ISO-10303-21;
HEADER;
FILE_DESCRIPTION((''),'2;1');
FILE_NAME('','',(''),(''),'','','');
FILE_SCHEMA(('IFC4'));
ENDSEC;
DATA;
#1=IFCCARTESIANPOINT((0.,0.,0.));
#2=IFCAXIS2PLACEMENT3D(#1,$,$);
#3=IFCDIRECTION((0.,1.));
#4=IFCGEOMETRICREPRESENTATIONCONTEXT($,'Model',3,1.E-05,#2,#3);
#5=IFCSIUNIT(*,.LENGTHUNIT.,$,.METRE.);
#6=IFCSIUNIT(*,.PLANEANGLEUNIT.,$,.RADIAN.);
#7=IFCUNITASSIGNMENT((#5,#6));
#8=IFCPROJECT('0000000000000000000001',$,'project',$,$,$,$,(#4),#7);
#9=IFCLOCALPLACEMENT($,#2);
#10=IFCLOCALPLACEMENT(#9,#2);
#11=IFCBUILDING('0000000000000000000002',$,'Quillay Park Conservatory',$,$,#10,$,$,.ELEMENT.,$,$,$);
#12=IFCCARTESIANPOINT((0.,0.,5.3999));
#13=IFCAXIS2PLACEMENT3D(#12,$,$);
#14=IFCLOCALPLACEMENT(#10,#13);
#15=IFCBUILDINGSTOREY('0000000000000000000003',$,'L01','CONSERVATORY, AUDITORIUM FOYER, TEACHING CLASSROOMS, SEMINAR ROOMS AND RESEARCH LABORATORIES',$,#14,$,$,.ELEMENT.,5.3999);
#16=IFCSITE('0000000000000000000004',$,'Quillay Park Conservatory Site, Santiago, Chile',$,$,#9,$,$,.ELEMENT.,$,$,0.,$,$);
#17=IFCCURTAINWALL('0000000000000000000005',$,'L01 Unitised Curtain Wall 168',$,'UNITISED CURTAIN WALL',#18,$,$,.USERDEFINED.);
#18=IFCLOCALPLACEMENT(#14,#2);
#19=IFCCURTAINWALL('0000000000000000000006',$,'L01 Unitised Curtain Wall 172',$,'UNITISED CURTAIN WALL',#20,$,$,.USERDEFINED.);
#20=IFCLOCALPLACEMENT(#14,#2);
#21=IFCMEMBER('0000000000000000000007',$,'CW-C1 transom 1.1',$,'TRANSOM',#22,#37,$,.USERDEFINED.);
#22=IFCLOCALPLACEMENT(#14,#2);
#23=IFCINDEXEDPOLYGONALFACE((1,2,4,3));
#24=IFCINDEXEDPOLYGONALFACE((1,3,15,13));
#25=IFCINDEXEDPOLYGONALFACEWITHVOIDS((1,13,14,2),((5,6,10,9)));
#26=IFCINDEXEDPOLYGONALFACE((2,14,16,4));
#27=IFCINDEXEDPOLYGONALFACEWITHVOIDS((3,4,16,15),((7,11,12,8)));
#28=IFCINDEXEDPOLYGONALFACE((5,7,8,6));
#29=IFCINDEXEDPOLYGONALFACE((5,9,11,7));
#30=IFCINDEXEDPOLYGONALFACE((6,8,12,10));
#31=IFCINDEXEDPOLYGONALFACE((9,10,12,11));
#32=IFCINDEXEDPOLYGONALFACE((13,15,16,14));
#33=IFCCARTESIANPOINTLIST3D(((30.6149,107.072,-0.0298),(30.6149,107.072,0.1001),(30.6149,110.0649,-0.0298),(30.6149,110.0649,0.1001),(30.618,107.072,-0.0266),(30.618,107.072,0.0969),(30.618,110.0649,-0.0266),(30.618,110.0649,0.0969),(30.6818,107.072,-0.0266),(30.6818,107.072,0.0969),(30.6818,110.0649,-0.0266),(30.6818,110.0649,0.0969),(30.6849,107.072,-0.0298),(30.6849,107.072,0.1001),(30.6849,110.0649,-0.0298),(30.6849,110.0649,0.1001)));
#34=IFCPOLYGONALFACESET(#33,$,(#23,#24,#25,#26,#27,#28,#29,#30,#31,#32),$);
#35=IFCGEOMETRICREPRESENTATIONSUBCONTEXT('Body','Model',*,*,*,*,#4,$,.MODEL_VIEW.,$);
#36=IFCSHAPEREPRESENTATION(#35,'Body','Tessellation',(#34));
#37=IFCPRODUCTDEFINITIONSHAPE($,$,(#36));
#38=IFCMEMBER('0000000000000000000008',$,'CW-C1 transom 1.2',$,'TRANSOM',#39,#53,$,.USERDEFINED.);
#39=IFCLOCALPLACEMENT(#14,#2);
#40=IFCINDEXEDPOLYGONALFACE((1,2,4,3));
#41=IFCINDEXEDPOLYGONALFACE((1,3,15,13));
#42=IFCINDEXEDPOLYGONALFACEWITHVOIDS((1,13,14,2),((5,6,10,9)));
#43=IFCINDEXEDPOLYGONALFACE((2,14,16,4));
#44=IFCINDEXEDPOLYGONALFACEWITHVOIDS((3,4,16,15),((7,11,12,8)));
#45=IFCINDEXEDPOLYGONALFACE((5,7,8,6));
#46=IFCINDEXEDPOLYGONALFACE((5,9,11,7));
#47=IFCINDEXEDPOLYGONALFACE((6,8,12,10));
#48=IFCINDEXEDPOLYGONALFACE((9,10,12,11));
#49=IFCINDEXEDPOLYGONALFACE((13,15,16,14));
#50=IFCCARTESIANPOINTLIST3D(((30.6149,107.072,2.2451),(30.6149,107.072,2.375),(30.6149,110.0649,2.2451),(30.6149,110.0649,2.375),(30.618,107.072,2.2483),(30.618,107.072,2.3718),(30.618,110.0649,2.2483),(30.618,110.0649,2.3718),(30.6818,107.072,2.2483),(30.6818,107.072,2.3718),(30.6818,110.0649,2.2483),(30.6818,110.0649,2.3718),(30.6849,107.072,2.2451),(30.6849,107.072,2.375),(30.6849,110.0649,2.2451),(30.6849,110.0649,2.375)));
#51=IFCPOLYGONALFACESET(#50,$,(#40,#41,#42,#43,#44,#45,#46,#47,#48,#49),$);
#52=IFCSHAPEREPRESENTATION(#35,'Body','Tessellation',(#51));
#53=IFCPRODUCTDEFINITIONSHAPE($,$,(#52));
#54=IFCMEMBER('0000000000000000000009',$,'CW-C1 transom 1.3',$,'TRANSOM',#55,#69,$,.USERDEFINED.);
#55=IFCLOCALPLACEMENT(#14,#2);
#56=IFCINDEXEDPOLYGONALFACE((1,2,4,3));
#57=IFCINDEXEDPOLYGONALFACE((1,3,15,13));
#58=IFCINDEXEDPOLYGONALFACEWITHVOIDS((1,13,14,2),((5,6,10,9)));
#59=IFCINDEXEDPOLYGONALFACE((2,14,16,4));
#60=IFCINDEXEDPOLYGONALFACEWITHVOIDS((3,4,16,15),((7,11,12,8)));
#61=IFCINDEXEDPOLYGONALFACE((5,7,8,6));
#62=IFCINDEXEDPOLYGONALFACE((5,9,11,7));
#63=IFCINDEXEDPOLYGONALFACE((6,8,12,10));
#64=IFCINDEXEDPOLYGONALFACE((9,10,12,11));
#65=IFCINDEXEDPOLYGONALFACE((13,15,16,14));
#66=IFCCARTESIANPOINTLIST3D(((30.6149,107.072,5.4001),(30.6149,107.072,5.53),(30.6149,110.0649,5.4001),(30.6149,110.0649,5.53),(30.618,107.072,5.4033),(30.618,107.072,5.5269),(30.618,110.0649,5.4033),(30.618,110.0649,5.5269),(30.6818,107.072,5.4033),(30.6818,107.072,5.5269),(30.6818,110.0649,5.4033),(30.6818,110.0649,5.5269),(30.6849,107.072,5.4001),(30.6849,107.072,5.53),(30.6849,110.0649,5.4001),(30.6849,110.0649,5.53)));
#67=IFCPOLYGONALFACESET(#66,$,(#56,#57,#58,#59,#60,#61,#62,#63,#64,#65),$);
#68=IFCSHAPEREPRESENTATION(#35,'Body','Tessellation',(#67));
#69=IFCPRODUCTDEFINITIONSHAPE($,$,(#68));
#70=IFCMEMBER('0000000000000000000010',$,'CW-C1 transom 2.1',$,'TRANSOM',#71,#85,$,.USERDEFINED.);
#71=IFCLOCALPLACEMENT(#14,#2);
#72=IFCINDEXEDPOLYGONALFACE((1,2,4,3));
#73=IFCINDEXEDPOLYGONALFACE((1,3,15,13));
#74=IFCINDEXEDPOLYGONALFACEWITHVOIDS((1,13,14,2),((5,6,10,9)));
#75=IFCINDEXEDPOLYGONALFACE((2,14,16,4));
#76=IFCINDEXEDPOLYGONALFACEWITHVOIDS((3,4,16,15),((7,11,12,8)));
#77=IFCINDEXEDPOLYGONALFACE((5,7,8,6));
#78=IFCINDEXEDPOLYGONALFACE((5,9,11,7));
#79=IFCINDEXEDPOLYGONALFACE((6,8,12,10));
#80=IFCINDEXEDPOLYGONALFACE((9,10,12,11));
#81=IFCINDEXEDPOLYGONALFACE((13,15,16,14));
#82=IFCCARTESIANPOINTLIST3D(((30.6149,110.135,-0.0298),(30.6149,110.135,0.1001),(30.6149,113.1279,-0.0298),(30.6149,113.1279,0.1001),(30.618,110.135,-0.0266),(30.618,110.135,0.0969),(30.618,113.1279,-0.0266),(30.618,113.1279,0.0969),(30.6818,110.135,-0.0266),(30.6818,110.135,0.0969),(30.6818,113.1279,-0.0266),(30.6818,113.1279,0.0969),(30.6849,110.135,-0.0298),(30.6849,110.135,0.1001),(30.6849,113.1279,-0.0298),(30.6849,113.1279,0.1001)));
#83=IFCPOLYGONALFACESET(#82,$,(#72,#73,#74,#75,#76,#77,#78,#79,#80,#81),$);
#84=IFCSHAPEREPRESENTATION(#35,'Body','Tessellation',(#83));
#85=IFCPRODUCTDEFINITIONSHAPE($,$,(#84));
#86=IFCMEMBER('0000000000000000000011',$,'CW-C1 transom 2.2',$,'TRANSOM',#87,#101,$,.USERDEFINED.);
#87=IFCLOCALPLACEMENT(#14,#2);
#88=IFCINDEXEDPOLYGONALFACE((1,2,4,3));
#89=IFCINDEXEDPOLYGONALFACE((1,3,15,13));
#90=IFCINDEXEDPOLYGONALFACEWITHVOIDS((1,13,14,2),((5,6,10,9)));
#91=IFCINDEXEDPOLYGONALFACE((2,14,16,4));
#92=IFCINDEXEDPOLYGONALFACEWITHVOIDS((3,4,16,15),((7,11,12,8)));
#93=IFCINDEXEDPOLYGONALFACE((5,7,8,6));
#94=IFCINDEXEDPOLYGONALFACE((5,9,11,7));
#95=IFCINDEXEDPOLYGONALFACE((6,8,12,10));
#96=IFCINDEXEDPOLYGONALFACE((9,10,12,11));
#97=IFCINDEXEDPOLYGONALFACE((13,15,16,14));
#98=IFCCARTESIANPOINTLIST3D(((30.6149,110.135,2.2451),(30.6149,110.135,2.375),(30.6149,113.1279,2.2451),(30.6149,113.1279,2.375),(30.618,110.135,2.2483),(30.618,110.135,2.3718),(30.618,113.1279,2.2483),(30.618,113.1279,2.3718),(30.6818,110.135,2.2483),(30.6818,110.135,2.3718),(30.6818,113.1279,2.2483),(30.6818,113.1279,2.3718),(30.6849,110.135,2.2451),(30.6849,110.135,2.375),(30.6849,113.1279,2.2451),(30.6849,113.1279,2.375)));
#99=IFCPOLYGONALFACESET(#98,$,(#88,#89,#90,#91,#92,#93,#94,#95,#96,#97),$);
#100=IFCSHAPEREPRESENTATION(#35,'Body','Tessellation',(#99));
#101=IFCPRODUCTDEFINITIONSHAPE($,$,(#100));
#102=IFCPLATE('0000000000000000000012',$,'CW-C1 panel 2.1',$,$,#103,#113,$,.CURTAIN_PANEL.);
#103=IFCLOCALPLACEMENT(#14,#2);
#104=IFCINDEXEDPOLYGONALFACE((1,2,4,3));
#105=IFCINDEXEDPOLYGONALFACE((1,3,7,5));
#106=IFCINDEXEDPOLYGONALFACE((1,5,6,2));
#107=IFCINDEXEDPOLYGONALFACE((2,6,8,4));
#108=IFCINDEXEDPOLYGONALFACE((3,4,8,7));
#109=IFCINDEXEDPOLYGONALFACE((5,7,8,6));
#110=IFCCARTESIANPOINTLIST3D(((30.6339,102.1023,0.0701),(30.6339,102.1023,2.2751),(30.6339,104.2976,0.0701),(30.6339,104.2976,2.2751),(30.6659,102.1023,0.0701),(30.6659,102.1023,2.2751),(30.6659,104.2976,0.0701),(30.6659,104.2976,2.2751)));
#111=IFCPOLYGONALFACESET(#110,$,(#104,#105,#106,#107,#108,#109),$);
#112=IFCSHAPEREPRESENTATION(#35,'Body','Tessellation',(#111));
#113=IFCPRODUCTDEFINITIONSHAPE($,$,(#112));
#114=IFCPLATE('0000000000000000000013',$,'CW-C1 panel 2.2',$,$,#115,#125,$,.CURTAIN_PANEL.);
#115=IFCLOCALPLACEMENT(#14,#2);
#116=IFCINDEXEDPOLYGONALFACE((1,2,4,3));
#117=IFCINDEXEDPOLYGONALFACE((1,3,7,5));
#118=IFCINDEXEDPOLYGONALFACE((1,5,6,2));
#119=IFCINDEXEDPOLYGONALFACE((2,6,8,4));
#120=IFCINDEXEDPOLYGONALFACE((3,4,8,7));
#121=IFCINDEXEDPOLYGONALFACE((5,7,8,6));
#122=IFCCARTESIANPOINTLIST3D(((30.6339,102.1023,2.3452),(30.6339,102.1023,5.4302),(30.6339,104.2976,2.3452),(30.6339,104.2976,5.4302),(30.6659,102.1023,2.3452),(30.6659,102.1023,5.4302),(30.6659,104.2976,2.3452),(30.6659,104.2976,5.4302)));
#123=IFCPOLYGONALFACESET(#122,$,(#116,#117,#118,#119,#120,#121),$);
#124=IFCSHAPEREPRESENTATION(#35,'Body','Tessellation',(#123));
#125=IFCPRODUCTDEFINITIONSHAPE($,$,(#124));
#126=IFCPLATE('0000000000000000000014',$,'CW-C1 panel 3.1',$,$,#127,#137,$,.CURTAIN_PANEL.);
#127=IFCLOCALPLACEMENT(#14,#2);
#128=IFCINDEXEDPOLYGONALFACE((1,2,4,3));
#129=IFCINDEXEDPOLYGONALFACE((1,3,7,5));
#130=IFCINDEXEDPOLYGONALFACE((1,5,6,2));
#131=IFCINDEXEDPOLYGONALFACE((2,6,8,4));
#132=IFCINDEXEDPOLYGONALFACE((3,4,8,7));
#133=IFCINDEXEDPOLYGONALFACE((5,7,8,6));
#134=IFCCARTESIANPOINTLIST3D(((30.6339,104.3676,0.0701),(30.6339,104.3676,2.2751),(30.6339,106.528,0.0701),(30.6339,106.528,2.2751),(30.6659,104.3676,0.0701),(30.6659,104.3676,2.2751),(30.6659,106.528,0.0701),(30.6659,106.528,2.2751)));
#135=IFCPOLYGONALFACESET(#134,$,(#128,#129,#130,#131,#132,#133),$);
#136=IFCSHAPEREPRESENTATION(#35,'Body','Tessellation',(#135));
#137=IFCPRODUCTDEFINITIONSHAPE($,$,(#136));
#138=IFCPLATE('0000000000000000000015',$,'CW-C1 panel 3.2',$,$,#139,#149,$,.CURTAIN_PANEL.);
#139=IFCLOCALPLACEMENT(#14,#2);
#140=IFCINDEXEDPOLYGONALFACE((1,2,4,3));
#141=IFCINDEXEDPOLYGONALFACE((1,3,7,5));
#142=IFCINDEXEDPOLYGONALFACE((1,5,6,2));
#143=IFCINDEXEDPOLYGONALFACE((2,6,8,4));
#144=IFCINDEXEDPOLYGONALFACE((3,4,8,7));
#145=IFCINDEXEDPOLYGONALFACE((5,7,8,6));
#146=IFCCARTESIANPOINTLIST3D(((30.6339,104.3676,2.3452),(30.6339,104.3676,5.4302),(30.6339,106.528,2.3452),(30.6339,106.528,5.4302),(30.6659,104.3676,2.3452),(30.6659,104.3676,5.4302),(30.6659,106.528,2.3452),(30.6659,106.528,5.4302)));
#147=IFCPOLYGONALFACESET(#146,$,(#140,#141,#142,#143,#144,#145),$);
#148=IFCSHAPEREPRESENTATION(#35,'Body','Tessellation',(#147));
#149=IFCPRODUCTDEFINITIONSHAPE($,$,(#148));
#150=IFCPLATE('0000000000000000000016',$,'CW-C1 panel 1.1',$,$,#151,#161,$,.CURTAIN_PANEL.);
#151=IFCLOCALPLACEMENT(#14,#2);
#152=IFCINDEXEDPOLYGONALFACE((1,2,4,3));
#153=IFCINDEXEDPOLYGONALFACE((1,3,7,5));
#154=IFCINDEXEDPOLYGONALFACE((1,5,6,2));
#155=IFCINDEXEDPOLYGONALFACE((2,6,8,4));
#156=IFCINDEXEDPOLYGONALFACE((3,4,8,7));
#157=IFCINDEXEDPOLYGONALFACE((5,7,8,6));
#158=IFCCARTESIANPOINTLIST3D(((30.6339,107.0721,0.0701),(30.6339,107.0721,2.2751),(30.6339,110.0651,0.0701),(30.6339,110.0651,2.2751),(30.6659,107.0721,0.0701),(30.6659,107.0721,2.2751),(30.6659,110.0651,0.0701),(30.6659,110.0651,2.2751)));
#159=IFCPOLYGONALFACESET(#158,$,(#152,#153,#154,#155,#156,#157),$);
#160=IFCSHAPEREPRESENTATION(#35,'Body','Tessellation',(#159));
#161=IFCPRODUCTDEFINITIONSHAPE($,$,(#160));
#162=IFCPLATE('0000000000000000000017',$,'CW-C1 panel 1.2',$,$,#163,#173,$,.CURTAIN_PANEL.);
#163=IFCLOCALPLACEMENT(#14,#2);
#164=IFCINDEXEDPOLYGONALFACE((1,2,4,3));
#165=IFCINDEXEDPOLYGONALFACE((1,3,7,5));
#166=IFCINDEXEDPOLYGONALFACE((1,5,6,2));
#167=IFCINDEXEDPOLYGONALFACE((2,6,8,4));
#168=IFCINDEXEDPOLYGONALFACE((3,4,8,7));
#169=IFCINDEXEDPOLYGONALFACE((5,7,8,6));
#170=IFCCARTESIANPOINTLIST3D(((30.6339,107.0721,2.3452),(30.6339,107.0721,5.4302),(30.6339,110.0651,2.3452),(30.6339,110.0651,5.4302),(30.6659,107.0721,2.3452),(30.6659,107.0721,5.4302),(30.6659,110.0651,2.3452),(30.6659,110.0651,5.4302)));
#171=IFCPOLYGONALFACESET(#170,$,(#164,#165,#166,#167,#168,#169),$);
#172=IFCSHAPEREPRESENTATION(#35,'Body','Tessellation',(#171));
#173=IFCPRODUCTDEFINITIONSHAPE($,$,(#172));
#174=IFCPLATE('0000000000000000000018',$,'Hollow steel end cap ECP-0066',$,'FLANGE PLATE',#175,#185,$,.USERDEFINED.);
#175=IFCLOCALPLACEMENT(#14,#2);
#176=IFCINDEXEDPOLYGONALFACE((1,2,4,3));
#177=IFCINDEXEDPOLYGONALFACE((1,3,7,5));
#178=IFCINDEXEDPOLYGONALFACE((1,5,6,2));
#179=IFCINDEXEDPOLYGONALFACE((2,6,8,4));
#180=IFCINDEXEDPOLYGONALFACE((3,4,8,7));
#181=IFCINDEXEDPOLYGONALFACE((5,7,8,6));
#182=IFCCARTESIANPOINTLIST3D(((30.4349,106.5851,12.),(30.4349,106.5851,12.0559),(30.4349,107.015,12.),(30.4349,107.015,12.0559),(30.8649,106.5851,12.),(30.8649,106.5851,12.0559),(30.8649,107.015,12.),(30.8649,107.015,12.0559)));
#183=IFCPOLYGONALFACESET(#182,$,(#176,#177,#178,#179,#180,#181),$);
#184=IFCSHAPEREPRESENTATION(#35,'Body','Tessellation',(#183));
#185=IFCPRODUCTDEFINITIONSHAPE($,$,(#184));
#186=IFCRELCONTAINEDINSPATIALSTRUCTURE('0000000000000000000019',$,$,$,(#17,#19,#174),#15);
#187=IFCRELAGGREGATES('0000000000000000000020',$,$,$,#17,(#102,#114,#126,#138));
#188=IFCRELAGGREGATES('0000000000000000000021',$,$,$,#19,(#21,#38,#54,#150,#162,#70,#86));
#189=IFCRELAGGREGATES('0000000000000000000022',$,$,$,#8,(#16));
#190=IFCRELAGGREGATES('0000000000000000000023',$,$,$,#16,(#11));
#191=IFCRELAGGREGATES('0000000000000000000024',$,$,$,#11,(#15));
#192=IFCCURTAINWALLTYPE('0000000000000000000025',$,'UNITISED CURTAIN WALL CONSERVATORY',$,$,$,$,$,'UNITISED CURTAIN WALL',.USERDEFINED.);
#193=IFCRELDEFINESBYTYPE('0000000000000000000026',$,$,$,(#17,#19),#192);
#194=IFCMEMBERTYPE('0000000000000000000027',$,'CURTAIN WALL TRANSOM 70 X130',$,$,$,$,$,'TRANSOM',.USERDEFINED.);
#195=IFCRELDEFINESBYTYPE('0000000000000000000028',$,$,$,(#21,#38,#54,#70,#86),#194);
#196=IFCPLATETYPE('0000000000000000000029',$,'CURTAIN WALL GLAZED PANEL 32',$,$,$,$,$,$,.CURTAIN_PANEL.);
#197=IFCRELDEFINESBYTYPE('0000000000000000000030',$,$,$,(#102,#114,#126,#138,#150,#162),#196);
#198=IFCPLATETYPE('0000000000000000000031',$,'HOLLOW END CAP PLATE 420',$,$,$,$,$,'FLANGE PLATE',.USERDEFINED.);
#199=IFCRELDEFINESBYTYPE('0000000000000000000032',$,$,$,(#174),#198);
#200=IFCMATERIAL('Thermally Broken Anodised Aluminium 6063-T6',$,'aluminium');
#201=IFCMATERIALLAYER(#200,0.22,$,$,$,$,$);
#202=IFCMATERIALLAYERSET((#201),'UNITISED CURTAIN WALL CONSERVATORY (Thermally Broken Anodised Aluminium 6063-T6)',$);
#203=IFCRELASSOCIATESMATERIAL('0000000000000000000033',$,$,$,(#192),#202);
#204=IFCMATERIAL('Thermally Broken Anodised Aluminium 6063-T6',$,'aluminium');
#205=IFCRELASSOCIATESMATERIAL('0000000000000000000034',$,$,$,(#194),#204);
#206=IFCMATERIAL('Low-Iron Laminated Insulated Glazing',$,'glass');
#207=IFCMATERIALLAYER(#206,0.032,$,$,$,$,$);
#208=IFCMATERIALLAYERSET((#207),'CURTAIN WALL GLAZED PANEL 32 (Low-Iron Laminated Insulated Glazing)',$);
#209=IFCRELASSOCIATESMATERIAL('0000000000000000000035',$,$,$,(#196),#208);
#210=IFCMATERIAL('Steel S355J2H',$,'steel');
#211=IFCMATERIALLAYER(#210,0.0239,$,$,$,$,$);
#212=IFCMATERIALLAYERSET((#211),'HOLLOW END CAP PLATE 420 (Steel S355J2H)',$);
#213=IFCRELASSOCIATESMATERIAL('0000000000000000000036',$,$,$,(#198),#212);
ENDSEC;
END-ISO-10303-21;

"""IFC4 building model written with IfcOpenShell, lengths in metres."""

from ifc_helpers import new_model, si_unit, direction, frame, origin, origin_2d, place, context, subcontext, project, spatial, rectangle, hollow_rectangle, extrude, material, layer, layer_set, material_profile, profile_set, type_object, element, aggregate, save


model = new_model("IFC4")

# Units and contexts
model_context = context("Model", 3, precision=1e-05, world=origin(), true_north=direction((0.0, 1.0)))
body_context = subcontext(model_context, "Body", "Model", "MODEL_VIEW")
ifc_project = project(units=[si_unit("LENGTHUNIT", "METRE"), si_unit("PLANEANGLEUNIT", "RADIAN")], contexts=[model_context])

# Site, building, storey
site_placement = place(None, origin())
site = spatial("IfcSite", under=ifc_project, at=site_placement, Name="Quillay Park Conservatory Site, Santiago, Chile", CompositionType="ELEMENT", RefElevation=0.0)
building_placement = place(site_placement, origin())
building = spatial("IfcBuilding", under=site, at=building_placement, Name="Quillay Park Conservatory", CompositionType="ELEMENT")
storey_placement = place(building_placement, frame((0.0, 0.0, 5.3999)))
storey = spatial("IfcBuildingStorey", under=building, at=storey_placement, Name="L01", Description="CONSERVATORY, AUDITORIUM FOYER, TEACHING CLASSROOMS, SEMINAR ROOMS AND RESEARCH LABORATORIES", CompositionType="ELEMENT", Elevation=5.3999)

# Curtain walls
ifc_material_1 = material(Name="Thermally Broken Anodised Aluminium 6063-T6", Category="aluminium")
ifc_layer_1 = layer(ifc_material_1, 0.22)
ifc_layer_set_1 = layer_set([ifc_layer_1], Name="UNITISED CURTAIN WALL CONSERVATORY (Thermally Broken Anodised Aluminium 6063-T6)")
curtain_wall_type = type_object("IfcCurtainWallType", Name="UNITISED CURTAIN WALL CONSERVATORY", ElementType="UNITISED CURTAIN WALL", PredefinedType="USERDEFINED", material=ifc_layer_set_1)
curtain_wall_1_placement = place(storey_placement, origin())
curtain_wall_1 = element("IfcCurtainWall", 1, at=curtain_wall_1_placement, inside=storey, type_object=curtain_wall_type, Name="L01 Unitised Curtain Wall 168", ObjectType="UNITISED CURTAIN WALL", PredefinedType="USERDEFINED")
curtain_wall_2_placement = place(storey_placement, origin())
curtain_wall_2 = element("IfcCurtainWall", 2, at=curtain_wall_2_placement, inside=storey, type_object=curtain_wall_type, Name="L01 Unitised Curtain Wall 172", ObjectType="UNITISED CURTAIN WALL", PredefinedType="USERDEFINED")

# Members
ifc_material_2 = material(Name="Thermally Broken Anodised Aluminium 6063-T6", Category="aluminium")
ifc_material_profile_1 = material_profile(ifc_material_2, hollow_rectangle(XDim=0.0701, YDim=0.1299, WallThickness=0.0032, at=origin_2d()), Name="AL70x130x3.2")
ifc_profile_set_1 = profile_set([ifc_material_profile_1], Name="Thermally Broken Anodised Aluminium 6063-T6")
member_type_1 = type_object("IfcMemberType", Name="CURTAIN WALL TRANSOM 70 X130", ElementType="TRANSOM", PredefinedType="USERDEFINED", material=ifc_profile_set_1)
member_1_placement = place(storey_placement, frame((30.6499, 107.072, 0.0352), z_axis=(0.0, 1.0, 0.0), x_axis=(-1.0, 0.0, 0.0)))
member_1 = element("IfcMember", 3, at=member_1_placement, type_object=member_type_1, Name="CW-C1 transom 1.1", ObjectType="TRANSOM", PredefinedType="USERDEFINED", context=body_context, shape_type="SweptSolid", body=[
    extrude(hollow_rectangle(XDim=0.0701, YDim=0.1299, WallThickness=0.0032, at=origin_2d()), origin(), (0.0, 0.0, 1.0), 2.9929),
])
member_2_placement = place(storey_placement, frame((30.6499, 107.072, 2.3101), z_axis=(0.0, 1.0, 0.0), x_axis=(-1.0, 0.0, 0.0)))
member_2 = element("IfcMember", 4, at=member_2_placement, type_object=member_type_1, Name="CW-C1 transom 1.2", ObjectType="TRANSOM", PredefinedType="USERDEFINED", context=body_context, shape_type="SweptSolid", body=[
    extrude(hollow_rectangle(XDim=0.0701, YDim=0.1299, WallThickness=0.0032, at=origin_2d()), origin(), (0.0, 0.0, 1.0), 2.9929),
])
member_3_placement = place(storey_placement, frame((30.6499, 107.072, 5.4651), z_axis=(0.0, 1.0, 0.0), x_axis=(-1.0, 0.0, 0.0)))
member_3 = element("IfcMember", 5, at=member_3_placement, type_object=member_type_1, Name="CW-C1 transom 1.3", ObjectType="TRANSOM", PredefinedType="USERDEFINED", context=body_context, shape_type="SweptSolid", body=[
    extrude(hollow_rectangle(XDim=0.0701, YDim=0.1299, WallThickness=0.0032, at=origin_2d()), origin(), (0.0, 0.0, 1.0), 2.9929),
])
member_4_placement = place(storey_placement, frame((30.6499, 110.135, 0.0352), z_axis=(0.0, 1.0, 0.0), x_axis=(-1.0, 0.0, 0.0)))
member_4 = element("IfcMember", 6, at=member_4_placement, type_object=member_type_1, Name="CW-C1 transom 2.1", ObjectType="TRANSOM", PredefinedType="USERDEFINED", context=body_context, shape_type="SweptSolid", body=[
    extrude(hollow_rectangle(XDim=0.0701, YDim=0.1299, WallThickness=0.0032, at=origin_2d()), origin(), (0.0, 0.0, 1.0), 2.9929),
])
member_5_placement = place(storey_placement, frame((30.6499, 110.135, 2.3101), z_axis=(0.0, 1.0, 0.0), x_axis=(-1.0, 0.0, 0.0)))
member_5 = element("IfcMember", 7, at=member_5_placement, type_object=member_type_1, Name="CW-C1 transom 2.2", ObjectType="TRANSOM", PredefinedType="USERDEFINED", context=body_context, shape_type="SweptSolid", body=[
    extrude(hollow_rectangle(XDim=0.0701, YDim=0.1299, WallThickness=0.0032, at=origin_2d()), origin(), (0.0, 0.0, 1.0), 2.9929),
])

# Plates
ifc_material_3 = material(Name="Low-Iron Laminated Insulated Glazing", Category="glass")
ifc_layer_2 = layer(ifc_material_3, 0.032)
ifc_layer_set_2 = layer_set([ifc_layer_2], Name="CURTAIN WALL GLAZED PANEL 32 (Low-Iron Laminated Insulated Glazing)")
plate_type_1 = type_object("IfcPlateType", Name="CURTAIN WALL GLAZED PANEL 32", PredefinedType="CURTAIN_PANEL", material=ifc_layer_set_2)
plate_1_placement = place(storey_placement, frame((30.6499, 103.2, 0.0701), z_axis=(0.0, 0.0, 1.0), x_axis=(0.0, 1.0, 0.0)))
plate_1 = element("IfcPlate", 8, at=plate_1_placement, type_object=plate_type_1, Name="CW-C1 panel 2.1", PredefinedType="CURTAIN_PANEL", context=body_context, shape_type="SweptSolid", body=[
    extrude(rectangle(XDim=2.1953, YDim=0.032, at=origin_2d()), origin(), (0.0, 0.0, 1.0), 2.2051),
])
plate_2_placement = place(storey_placement, frame((30.6499, 103.2, 2.3452), z_axis=(0.0, 0.0, 1.0), x_axis=(0.0, 1.0, 0.0)))
plate_2 = element("IfcPlate", 9, at=plate_2_placement, type_object=plate_type_1, Name="CW-C1 panel 2.2", PredefinedType="CURTAIN_PANEL", context=body_context, shape_type="SweptSolid", body=[
    extrude(rectangle(XDim=2.1953, YDim=0.032, at=origin_2d()), origin(), (0.0, 0.0, 1.0), 3.085),
])
plate_3_placement = place(storey_placement, frame((30.6499, 105.4478, 0.0701), z_axis=(0.0, 0.0, 1.0), x_axis=(0.0, 1.0, 0.0)))
plate_3 = element("IfcPlate", 10, at=plate_3_placement, type_object=plate_type_1, Name="CW-C1 panel 3.1", PredefinedType="CURTAIN_PANEL", context=body_context, shape_type="SweptSolid", body=[
    extrude(rectangle(XDim=2.1604, YDim=0.032, at=origin_2d()), origin(), (0.0, 0.0, 1.0), 2.2051),
])
plate_4_placement = place(storey_placement, frame((30.6499, 105.4478, 2.3452), z_axis=(0.0, 0.0, 1.0), x_axis=(0.0, 1.0, 0.0)))
plate_4 = element("IfcPlate", 11, at=plate_4_placement, type_object=plate_type_1, Name="CW-C1 panel 3.2", PredefinedType="CURTAIN_PANEL", context=body_context, shape_type="SweptSolid", body=[
    extrude(rectangle(XDim=2.1604, YDim=0.032, at=origin_2d()), origin(), (0.0, 0.0, 1.0), 3.085),
])
aggregate(curtain_wall_1, [plate_1, plate_2, plate_3, plate_4])
plate_5_placement = place(storey_placement, frame((30.6499, 108.5686, 0.0701), z_axis=(0.0, 0.0, 1.0), x_axis=(0.0, 1.0, 0.0)))
plate_5 = element("IfcPlate", 12, at=plate_5_placement, type_object=plate_type_1, Name="CW-C1 panel 1.1", PredefinedType="CURTAIN_PANEL", context=body_context, shape_type="SweptSolid", body=[
    extrude(rectangle(XDim=2.9929, YDim=0.032, at=origin_2d()), origin(), (0.0, 0.0, 1.0), 2.2051),
])
plate_6_placement = place(storey_placement, frame((30.6499, 108.5686, 2.3452), z_axis=(0.0, 0.0, 1.0), x_axis=(0.0, 1.0, 0.0)))
plate_6 = element("IfcPlate", 13, at=plate_6_placement, type_object=plate_type_1, Name="CW-C1 panel 1.2", PredefinedType="CURTAIN_PANEL", context=body_context, shape_type="SweptSolid", body=[
    extrude(rectangle(XDim=2.9929, YDim=0.032, at=origin_2d()), origin(), (0.0, 0.0, 1.0), 3.085),
])
aggregate(curtain_wall_2, [member_1, member_2, member_3, plate_5, plate_6, member_4, member_5])
ifc_material_4 = material(Name="Steel S355J2H", Category="steel")
ifc_layer_3 = layer(ifc_material_4, 0.0239)
ifc_layer_set_3 = layer_set([ifc_layer_3], Name="HOLLOW END CAP PLATE 420 (Steel S355J2H)")
plate_type_2 = type_object("IfcPlateType", Name="HOLLOW END CAP PLATE 420", ElementType="FLANGE PLATE", PredefinedType="USERDEFINED", material=ifc_layer_set_3)
plate_7_placement = place(storey_placement, frame((30.6499, 106.8, 12.0), z_axis=(0.0, 0.0, 1.0), x_axis=(1.0, 0.0, 0.0)))
element("IfcPlate", 14, at=plate_7_placement, inside=storey, type_object=plate_type_2, Name="Hollow steel end cap ECP-0066", ObjectType="FLANGE PLATE", PredefinedType="USERDEFINED", context=body_context, shape_type="SweptSolid", body=[
    extrude(rectangle(XDim=0.4299, YDim=0.4299, at=origin_2d()), origin(), (0.0, 0.0, 1.0), 0.0559),
])

save(model, "model.ifc")
